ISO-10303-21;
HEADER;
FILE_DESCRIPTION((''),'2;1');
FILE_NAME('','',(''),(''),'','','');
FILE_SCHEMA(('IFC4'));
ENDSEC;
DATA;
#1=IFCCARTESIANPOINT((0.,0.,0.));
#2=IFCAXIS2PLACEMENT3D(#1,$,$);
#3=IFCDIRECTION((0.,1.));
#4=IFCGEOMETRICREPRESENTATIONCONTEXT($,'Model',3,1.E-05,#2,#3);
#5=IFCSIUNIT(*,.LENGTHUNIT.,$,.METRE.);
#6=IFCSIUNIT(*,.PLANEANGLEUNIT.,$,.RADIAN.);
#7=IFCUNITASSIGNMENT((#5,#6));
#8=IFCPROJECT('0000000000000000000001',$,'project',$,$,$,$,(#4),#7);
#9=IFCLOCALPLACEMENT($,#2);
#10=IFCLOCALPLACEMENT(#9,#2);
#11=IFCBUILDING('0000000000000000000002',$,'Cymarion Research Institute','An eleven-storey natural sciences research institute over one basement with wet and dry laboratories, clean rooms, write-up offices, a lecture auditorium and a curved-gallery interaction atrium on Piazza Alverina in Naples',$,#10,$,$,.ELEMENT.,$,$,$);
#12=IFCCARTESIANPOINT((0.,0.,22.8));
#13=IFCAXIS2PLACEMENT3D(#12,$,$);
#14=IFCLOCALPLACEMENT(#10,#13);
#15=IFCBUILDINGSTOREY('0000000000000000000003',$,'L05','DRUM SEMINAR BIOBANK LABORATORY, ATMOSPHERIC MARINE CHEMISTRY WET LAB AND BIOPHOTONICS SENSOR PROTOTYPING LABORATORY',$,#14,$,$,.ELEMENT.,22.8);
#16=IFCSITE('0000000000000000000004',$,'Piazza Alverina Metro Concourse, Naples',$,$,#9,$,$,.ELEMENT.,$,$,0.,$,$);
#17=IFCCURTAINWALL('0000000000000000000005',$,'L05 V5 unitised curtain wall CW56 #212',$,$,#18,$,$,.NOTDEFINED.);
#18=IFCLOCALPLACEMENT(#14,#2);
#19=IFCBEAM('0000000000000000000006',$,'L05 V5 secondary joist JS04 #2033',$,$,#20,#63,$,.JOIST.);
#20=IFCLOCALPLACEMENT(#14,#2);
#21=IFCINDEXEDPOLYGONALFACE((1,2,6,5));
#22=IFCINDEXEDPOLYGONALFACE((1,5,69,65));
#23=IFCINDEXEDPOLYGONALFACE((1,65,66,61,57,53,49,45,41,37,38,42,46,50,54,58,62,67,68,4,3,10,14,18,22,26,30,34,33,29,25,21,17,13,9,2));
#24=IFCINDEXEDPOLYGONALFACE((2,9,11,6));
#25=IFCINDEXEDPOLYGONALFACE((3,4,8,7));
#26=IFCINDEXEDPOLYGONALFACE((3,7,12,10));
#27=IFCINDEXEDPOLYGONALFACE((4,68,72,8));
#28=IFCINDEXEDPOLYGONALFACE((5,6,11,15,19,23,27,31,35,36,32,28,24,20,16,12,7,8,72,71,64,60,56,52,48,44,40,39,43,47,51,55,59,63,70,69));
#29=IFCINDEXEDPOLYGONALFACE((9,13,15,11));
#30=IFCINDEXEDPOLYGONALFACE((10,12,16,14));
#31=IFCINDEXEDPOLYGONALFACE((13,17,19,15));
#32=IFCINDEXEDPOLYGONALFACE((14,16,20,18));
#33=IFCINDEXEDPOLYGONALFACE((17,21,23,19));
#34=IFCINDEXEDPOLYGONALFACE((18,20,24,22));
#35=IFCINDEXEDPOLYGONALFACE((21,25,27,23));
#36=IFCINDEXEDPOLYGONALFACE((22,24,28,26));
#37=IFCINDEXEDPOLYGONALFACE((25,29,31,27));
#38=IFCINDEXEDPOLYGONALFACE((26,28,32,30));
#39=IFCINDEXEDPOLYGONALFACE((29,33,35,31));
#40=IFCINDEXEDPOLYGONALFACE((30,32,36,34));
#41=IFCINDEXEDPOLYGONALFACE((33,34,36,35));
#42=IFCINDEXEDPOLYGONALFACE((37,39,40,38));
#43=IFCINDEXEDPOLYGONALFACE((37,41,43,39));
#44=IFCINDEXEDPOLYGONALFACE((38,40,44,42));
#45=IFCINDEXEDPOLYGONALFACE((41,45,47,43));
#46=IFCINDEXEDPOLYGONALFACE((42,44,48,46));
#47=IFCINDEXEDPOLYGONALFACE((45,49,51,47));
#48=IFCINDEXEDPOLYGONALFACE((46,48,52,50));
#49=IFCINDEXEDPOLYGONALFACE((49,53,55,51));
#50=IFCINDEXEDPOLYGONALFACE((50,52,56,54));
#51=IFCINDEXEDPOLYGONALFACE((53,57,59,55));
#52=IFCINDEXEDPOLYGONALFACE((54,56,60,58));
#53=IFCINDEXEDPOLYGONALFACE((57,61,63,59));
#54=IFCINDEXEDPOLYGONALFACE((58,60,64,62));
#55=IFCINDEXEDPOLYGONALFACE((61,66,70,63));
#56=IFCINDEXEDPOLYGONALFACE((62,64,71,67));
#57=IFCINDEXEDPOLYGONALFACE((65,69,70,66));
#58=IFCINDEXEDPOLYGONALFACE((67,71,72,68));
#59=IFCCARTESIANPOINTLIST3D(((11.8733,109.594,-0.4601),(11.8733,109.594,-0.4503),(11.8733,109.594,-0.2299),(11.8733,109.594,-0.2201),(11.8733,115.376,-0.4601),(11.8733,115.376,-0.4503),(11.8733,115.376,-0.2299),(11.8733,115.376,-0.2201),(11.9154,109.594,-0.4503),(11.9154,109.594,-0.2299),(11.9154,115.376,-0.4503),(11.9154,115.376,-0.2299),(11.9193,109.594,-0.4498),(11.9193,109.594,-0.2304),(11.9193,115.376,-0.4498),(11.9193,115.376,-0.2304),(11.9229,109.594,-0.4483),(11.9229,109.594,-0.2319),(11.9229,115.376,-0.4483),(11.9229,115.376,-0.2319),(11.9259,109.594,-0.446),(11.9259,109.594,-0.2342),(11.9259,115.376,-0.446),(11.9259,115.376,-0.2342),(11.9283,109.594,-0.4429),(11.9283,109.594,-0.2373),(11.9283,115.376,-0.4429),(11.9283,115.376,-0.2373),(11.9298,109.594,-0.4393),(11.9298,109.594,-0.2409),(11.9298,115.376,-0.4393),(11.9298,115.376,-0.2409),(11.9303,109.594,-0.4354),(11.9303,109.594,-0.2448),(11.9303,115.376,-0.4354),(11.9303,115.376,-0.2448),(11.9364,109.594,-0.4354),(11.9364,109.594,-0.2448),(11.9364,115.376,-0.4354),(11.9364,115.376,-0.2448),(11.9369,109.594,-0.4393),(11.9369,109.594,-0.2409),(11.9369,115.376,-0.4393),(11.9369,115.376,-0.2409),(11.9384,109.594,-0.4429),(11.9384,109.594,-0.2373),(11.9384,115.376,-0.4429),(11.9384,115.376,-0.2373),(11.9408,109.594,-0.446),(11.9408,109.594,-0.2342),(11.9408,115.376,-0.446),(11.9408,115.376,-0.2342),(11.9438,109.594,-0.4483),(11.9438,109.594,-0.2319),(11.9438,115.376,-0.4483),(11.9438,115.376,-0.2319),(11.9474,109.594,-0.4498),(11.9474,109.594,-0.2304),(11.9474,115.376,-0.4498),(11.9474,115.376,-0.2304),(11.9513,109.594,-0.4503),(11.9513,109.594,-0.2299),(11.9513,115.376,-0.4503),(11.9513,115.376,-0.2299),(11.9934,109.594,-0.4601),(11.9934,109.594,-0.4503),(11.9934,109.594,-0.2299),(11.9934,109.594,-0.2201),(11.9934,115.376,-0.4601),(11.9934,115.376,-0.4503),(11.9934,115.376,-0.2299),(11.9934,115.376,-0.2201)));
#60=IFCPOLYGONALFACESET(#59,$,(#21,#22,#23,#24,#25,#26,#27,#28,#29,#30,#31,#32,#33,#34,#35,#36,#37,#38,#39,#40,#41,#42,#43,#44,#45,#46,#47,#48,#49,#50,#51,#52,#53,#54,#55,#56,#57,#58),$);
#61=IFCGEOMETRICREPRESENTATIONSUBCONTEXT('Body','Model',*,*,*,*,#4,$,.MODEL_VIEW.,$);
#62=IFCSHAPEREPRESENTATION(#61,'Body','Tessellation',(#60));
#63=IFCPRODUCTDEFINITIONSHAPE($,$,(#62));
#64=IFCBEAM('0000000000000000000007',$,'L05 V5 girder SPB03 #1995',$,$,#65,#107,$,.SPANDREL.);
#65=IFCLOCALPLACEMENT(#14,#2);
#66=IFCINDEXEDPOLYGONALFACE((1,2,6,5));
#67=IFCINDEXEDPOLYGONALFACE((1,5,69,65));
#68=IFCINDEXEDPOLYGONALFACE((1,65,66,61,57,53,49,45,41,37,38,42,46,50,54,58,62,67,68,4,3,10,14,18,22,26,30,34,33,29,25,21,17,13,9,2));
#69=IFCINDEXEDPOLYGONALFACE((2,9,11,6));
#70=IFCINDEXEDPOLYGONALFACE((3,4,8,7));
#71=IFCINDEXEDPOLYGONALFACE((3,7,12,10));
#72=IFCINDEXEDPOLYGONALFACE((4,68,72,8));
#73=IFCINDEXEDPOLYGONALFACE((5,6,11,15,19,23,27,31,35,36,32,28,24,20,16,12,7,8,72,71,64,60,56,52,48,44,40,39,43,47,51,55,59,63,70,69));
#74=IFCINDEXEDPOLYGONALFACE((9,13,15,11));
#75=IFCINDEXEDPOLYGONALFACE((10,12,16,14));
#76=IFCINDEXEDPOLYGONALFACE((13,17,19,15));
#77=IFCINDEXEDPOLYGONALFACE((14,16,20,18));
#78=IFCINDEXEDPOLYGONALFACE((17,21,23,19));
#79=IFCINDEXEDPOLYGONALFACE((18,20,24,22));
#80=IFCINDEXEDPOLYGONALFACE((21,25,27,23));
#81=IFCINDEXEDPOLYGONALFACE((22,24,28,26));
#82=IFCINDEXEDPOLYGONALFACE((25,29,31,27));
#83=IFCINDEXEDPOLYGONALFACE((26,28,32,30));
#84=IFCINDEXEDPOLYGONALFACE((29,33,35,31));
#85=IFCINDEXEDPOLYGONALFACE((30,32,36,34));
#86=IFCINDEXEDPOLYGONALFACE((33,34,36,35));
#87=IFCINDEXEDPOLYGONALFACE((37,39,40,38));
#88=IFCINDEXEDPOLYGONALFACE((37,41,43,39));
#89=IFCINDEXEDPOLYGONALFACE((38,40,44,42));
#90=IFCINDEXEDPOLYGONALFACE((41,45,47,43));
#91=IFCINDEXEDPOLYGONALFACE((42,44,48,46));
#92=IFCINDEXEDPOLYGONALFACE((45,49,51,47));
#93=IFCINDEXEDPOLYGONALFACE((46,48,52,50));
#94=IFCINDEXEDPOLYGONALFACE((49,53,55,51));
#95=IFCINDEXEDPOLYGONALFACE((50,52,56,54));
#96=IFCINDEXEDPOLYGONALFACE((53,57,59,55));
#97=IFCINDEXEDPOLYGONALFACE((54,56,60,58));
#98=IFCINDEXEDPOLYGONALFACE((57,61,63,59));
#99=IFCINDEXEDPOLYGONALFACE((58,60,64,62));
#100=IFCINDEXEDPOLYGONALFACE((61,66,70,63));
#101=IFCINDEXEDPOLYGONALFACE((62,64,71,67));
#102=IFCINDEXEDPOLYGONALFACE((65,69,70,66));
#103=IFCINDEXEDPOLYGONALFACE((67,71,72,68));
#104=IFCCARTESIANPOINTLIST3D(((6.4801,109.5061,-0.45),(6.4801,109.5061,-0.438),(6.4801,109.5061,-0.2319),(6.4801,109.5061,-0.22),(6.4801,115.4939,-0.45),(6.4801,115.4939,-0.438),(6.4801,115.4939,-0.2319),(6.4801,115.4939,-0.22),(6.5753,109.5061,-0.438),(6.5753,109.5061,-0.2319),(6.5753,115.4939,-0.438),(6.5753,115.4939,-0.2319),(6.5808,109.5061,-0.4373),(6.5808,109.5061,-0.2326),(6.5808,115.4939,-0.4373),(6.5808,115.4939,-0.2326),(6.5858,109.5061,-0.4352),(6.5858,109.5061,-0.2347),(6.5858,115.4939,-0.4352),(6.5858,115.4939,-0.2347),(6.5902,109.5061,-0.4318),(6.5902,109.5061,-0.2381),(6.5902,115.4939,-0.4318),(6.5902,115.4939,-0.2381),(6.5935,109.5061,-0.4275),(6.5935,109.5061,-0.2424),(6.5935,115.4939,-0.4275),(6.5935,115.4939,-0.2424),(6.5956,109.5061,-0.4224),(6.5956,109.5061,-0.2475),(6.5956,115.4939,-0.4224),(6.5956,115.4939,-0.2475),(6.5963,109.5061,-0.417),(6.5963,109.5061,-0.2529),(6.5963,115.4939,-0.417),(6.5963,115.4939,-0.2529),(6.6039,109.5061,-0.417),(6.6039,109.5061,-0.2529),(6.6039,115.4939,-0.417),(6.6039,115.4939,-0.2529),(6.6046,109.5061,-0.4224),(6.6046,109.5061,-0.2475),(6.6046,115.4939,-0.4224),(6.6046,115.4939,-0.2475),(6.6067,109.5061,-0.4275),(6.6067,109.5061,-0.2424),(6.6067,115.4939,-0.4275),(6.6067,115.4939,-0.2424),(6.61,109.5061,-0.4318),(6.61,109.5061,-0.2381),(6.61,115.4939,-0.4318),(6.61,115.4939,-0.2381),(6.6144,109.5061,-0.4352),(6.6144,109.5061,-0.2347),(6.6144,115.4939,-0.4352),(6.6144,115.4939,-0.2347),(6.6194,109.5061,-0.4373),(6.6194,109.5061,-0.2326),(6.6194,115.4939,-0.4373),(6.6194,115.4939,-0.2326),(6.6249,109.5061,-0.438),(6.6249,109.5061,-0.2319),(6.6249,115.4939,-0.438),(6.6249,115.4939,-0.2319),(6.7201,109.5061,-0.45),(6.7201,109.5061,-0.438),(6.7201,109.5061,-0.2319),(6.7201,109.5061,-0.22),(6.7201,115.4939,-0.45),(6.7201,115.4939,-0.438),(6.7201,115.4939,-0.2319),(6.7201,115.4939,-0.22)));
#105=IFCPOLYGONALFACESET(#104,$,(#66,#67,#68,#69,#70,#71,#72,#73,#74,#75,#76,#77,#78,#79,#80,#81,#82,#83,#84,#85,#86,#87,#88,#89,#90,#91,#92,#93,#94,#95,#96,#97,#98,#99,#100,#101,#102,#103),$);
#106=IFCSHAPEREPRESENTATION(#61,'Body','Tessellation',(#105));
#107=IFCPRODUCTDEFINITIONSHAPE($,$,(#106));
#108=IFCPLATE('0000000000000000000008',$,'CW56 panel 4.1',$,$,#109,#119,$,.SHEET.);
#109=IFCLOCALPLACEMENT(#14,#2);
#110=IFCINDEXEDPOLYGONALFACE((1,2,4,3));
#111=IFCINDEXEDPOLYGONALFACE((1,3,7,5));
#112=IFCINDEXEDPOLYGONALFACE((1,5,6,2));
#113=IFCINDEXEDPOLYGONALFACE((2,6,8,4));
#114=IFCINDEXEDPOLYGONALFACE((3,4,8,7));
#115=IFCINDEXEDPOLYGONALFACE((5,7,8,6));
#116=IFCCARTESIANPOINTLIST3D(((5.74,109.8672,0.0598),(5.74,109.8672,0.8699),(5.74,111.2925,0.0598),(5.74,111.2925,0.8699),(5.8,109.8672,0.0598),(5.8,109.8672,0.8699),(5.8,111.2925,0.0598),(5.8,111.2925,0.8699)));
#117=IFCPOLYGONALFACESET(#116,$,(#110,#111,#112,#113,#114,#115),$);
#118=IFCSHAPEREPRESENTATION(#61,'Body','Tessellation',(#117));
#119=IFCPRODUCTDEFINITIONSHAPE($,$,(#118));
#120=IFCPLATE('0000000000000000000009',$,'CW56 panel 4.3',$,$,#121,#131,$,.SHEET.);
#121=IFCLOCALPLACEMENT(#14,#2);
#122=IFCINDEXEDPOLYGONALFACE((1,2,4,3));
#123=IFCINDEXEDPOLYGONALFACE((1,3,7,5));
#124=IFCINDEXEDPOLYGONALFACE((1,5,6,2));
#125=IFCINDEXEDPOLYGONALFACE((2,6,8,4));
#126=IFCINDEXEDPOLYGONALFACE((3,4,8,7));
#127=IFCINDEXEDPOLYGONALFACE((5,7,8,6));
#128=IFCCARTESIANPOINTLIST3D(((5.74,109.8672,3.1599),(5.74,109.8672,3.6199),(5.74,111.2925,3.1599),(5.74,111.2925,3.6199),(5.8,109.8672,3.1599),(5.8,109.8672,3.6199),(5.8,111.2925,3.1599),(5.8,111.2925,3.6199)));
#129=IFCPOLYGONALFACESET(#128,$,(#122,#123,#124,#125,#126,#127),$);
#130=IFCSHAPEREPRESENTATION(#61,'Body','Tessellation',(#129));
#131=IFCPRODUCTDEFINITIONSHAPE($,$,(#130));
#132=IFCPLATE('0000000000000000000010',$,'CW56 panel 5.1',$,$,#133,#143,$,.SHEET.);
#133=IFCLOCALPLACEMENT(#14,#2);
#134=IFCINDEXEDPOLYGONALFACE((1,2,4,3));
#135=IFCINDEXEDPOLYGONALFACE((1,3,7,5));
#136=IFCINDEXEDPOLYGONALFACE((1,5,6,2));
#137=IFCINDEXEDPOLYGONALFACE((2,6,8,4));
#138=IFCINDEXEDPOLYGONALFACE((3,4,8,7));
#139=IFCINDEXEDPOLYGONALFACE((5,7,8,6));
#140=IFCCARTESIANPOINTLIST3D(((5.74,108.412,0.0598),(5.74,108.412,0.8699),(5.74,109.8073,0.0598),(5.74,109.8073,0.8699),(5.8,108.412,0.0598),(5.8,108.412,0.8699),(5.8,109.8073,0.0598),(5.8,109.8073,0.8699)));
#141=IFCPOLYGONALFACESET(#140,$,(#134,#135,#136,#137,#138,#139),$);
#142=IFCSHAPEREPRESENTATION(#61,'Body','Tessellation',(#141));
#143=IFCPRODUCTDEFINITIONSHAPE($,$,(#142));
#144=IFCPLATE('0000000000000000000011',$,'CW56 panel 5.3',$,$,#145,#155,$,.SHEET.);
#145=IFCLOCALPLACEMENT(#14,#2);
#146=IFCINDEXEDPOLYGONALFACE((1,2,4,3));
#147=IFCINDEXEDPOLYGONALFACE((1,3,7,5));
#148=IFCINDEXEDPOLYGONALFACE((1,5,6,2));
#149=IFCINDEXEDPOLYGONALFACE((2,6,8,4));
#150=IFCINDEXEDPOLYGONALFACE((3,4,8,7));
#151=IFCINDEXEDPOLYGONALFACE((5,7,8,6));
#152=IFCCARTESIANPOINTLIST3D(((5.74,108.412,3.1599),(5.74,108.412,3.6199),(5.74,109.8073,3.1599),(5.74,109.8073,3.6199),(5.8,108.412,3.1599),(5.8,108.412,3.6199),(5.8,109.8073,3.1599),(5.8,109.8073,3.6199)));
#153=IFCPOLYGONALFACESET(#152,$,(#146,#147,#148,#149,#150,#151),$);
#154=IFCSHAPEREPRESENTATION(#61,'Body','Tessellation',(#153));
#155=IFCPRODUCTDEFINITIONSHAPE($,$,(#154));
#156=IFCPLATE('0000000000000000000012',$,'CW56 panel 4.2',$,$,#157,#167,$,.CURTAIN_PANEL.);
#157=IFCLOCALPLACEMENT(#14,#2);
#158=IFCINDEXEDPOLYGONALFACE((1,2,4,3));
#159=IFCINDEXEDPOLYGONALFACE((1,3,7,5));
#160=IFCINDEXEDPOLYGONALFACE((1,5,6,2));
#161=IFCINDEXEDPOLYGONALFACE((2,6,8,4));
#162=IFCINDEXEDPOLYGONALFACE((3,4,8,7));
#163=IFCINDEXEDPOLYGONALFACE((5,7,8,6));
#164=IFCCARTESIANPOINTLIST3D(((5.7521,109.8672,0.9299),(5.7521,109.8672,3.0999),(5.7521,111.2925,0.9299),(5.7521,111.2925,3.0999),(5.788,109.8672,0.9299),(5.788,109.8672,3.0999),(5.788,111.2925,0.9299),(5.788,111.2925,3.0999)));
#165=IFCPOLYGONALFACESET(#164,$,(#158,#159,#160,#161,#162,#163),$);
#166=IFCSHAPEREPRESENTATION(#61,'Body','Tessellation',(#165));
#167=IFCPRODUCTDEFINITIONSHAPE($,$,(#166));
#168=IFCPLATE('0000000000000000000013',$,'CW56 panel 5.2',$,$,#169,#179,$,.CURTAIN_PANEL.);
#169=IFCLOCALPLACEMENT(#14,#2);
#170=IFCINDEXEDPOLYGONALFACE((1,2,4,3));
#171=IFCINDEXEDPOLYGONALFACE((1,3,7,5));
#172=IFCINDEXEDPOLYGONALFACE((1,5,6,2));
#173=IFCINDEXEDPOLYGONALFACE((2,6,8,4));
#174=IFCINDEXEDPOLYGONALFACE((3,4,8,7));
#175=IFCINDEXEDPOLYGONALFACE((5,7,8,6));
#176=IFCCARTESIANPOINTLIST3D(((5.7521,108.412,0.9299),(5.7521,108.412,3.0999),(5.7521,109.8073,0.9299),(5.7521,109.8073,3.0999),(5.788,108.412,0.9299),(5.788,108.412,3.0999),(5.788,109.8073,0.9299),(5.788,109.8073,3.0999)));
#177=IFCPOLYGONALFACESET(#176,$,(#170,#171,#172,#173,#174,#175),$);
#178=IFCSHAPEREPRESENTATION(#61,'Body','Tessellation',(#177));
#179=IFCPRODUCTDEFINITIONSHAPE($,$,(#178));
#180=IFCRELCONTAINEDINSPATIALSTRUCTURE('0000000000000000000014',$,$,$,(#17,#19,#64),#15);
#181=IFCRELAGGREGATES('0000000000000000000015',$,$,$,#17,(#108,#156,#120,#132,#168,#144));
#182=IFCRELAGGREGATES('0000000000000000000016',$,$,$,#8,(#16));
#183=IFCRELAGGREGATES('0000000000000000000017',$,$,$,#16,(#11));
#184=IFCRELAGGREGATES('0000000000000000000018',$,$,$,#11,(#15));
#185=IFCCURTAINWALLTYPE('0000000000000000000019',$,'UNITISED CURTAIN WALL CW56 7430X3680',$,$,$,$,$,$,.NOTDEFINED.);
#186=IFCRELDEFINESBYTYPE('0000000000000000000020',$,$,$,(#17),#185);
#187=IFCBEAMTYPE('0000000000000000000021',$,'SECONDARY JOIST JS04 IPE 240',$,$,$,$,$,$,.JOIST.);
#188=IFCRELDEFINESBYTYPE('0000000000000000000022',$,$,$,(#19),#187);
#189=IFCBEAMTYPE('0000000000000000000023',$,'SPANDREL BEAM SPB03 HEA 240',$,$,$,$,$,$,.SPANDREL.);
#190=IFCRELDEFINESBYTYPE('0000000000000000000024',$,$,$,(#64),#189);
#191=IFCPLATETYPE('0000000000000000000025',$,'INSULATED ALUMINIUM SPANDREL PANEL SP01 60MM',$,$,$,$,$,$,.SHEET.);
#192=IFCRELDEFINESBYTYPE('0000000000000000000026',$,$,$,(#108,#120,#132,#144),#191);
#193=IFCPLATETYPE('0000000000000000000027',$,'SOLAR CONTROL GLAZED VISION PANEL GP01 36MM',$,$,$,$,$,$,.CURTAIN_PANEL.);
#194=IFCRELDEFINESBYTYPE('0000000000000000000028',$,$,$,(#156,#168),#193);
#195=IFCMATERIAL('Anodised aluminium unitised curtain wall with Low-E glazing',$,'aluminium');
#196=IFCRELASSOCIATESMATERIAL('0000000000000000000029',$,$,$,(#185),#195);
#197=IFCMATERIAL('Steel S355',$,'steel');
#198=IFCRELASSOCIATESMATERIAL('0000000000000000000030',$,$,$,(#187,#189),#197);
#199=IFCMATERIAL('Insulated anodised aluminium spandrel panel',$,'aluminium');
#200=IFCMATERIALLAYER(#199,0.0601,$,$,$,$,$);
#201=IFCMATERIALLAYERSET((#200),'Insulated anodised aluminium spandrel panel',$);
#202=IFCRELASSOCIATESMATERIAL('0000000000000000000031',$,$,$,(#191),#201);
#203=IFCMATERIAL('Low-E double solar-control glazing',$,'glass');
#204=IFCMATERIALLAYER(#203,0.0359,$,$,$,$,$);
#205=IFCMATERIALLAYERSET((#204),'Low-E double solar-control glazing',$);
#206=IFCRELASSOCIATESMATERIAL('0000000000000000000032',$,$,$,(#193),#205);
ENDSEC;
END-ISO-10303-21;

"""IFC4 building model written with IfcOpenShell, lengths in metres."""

from ifc_helpers import new_model, si_unit, direction, frame, origin, origin_2d, place, context, subcontext, project, spatial, rectangle, i_section, extrude, material, layer, layer_set, material_profile, profile_set, type_object, element, aggregate, save


model = new_model("IFC4")

# Units and contexts
model_context = context("Model", 3, precision=1e-05, world=origin(), true_north=direction((0.0, 1.0)))
body_context = subcontext(model_context, "Body", "Model", "MODEL_VIEW")
ifc_project = project(units=[si_unit("LENGTHUNIT", "METRE"), si_unit("PLANEANGLEUNIT", "RADIAN")], contexts=[model_context])

# Site, building, storey
site_placement = place(None, origin())
site = spatial("IfcSite", under=ifc_project, at=site_placement, Name="Piazza Alverina Metro Concourse, Naples", CompositionType="ELEMENT", RefElevation=0.0)
building_placement = place(site_placement, origin())
building = spatial("IfcBuilding", under=site, at=building_placement, Name="Cymarion Research Institute", Description="An eleven-storey natural sciences research institute over one basement with wet and dry laboratories, clean rooms, write-up offices, a lecture auditorium and a curved-gallery interaction atrium on Piazza Alverina in Naples", CompositionType="ELEMENT")
storey_placement = place(building_placement, frame((0.0, 0.0, 22.8)))
storey = spatial("IfcBuildingStorey", under=building, at=storey_placement, Name="L05", Description="DRUM SEMINAR BIOBANK LABORATORY, ATMOSPHERIC MARINE CHEMISTRY WET LAB AND BIOPHOTONICS SENSOR PROTOTYPING LABORATORY", CompositionType="ELEMENT", Elevation=22.8)

# Shared definitions
ifc_material_1 = material(Name="Steel S355", Category="steel")

# Curtain wall
ifc_material_2 = material(Name="Anodised aluminium unitised curtain wall with Low-E glazing", Category="aluminium")
curtain_wall_type = type_object("IfcCurtainWallType", Name="UNITISED CURTAIN WALL CW56 7430X3680", PredefinedType="NOTDEFINED", material=ifc_material_2)
curtain_wall_placement = place(storey_placement, origin())
curtain_wall = element("IfcCurtainWall", 1, at=curtain_wall_placement, inside=storey, type_object=curtain_wall_type, Name="L05 V5 unitised curtain wall CW56 #212", PredefinedType="NOTDEFINED")

# Beams
ifc_material_profile_1 = material_profile(ifc_material_1, i_section(OverallWidth=0.1201, OverallDepth=0.24, WebThickness=0.0061, FlangeThickness=0.0098, FilletRadius=0.0149, at=origin_2d()), Name="IPE 240")
ifc_profile_set_1 = profile_set([ifc_material_profile_1], Name="Steel S355")
beam_type_1 = type_object("IfcBeamType", Name="SECONDARY JOIST JS04 IPE 240", PredefinedType="JOIST", material=ifc_profile_set_1)
for number, where, z_axis, x_axis, name in (
    (2, (11.9333, 109.594, -0.3401), (0.0, 1.0, 0.0), (-1.0, 0.0, 0.0), "L05 V5 secondary joist JS04 #2033"),
):
    element("IfcBeam", number, at=place(storey_placement, frame(where, z_axis=z_axis, x_axis=x_axis)), inside=storey, type_object=beam_type_1, Name=name, PredefinedType="JOIST", context=body_context, shape_type="SweptSolid", body=[
        extrude(i_section(OverallWidth=0.1201, OverallDepth=0.24, WebThickness=0.0061, FlangeThickness=0.0098, FilletRadius=0.0149, at=origin_2d()), origin(), (0.0, 0.0, 1.0), 5.782),
    ])
ifc_material_profile_2 = material_profile(ifc_material_1, i_section(OverallWidth=0.24, OverallDepth=0.23, WebThickness=0.0076, FlangeThickness=0.012, FilletRadius=0.021, at=origin_2d()), Name="HEA 240")
ifc_profile_set_2 = profile_set([ifc_material_profile_2], Name="Steel S355")
beam_type_2 = type_object("IfcBeamType", Name="SPANDREL BEAM SPB03 HEA 240", PredefinedType="SPANDREL", material=ifc_profile_set_2)
beam_1_placement = place(storey_placement, frame((6.6001, 109.5061, -0.335), z_axis=(0.0, 1.0, 0.0), x_axis=(-1.0, 0.0, 0.0)))
element("IfcBeam", 3, at=beam_1_placement, inside=storey, type_object=beam_type_2, Name="L05 V5 girder SPB03 #1995", PredefinedType="SPANDREL", context=body_context, shape_type="SweptSolid", body=[
    extrude(i_section(OverallWidth=0.24, OverallDepth=0.23, WebThickness=0.0076, FlangeThickness=0.012, FilletRadius=0.021, at=origin_2d()), origin(), (0.0, 0.0, 1.0), 5.9878),
])

# Plates
ifc_material_3 = material(Name="Insulated anodised aluminium spandrel panel", Category="aluminium")
ifc_layer_1 = layer(ifc_material_3, 0.0601)
ifc_layer_set_1 = layer_set([ifc_layer_1], Name="Insulated anodised aluminium spandrel panel")
plate_type_1 = type_object("IfcPlateType", Name="INSULATED ALUMINIUM SPANDREL PANEL SP01 60MM", PredefinedType="SHEET", material=ifc_layer_set_1)
plate_1_placement = place(storey_placement, frame((5.77, 110.5798, 0.0598), z_axis=(0.0, 0.0, 1.0), x_axis=(0.0, -1.0, 0.0)))
plate_1 = element("IfcPlate", 4, at=plate_1_placement, type_object=plate_type_1, Name="CW56 panel 4.1", PredefinedType="SHEET", context=body_context, shape_type="SweptSolid", body=[
    extrude(rectangle(XDim=1.4253, YDim=0.0601, at=origin_2d()), origin(), (0.0, 0.0, 1.0), 0.8101),
])
plate_2_placement = place(storey_placement, frame((5.77, 110.5798, 3.1599), z_axis=(0.0, 0.0, 1.0), x_axis=(0.0, -1.0, 0.0)))
plate_2 = element("IfcPlate", 5, at=plate_2_placement, type_object=plate_type_1, Name="CW56 panel 4.3", PredefinedType="SHEET", context=body_context, shape_type="SweptSolid", body=[
    extrude(rectangle(XDim=1.4253, YDim=0.0601, at=origin_2d()), origin(), (0.0, 0.0, 1.0), 0.46),
])
plate_3_placement = place(storey_placement, frame((5.77, 109.1096, 0.0598), z_axis=(0.0, 0.0, 1.0), x_axis=(0.0, -1.0, 0.0)))
plate_3 = element("IfcPlate", 6, at=plate_3_placement, type_object=plate_type_1, Name="CW56 panel 5.1", PredefinedType="SHEET", context=body_context, shape_type="SweptSolid", body=[
    extrude(rectangle(XDim=1.3953, YDim=0.0601, at=origin_2d()), origin(), (0.0, 0.0, 1.0), 0.8101),
])
plate_4_placement = place(storey_placement, frame((5.77, 109.1096, 3.1599), z_axis=(0.0, 0.0, 1.0), x_axis=(0.0, -1.0, 0.0)))
plate_4 = element("IfcPlate", 7, at=plate_4_placement, type_object=plate_type_1, Name="CW56 panel 5.3", PredefinedType="SHEET", context=body_context, shape_type="SweptSolid", body=[
    extrude(rectangle(XDim=1.3953, YDim=0.0601, at=origin_2d()), origin(), (0.0, 0.0, 1.0), 0.46),
])
ifc_material_4 = material(Name="Low-E double solar-control glazing", Category="glass")
ifc_layer_2 = layer(ifc_material_4, 0.0359)
ifc_layer_set_2 = layer_set([ifc_layer_2], Name="Low-E double solar-control glazing")
plate_type_2 = type_object("IfcPlateType", Name="SOLAR CONTROL GLAZED VISION PANEL GP01 36MM", PredefinedType="CURTAIN_PANEL", material=ifc_layer_set_2)
plate_5_placement = place(storey_placement, frame((5.77, 110.5798, 0.9299), z_axis=(0.0, 0.0, 1.0), x_axis=(0.0, -1.0, 0.0)))
plate_5 = element("IfcPlate", 8, at=plate_5_placement, type_object=plate_type_2, Name="CW56 panel 4.2", PredefinedType="CURTAIN_PANEL", context=body_context, shape_type="SweptSolid", body=[
    extrude(rectangle(XDim=1.4253, YDim=0.0359, at=origin_2d()), origin(), (0.0, 0.0, 1.0), 2.1699),
])
plate_6_placement = place(storey_placement, frame((5.77, 109.1096, 0.9299), z_axis=(0.0, 0.0, 1.0), x_axis=(0.0, -1.0, 0.0)))
plate_6 = element("IfcPlate", 9, at=plate_6_placement, type_object=plate_type_2, Name="CW56 panel 5.2", PredefinedType="CURTAIN_PANEL", context=body_context, shape_type="SweptSolid", body=[
    extrude(rectangle(XDim=1.3953, YDim=0.0359, at=origin_2d()), origin(), (0.0, 0.0, 1.0), 2.1699),
])
aggregate(curtain_wall, [plate_1, plate_5, plate_2, plate_3, plate_6, plate_4])

save(model, "model.ifc")
